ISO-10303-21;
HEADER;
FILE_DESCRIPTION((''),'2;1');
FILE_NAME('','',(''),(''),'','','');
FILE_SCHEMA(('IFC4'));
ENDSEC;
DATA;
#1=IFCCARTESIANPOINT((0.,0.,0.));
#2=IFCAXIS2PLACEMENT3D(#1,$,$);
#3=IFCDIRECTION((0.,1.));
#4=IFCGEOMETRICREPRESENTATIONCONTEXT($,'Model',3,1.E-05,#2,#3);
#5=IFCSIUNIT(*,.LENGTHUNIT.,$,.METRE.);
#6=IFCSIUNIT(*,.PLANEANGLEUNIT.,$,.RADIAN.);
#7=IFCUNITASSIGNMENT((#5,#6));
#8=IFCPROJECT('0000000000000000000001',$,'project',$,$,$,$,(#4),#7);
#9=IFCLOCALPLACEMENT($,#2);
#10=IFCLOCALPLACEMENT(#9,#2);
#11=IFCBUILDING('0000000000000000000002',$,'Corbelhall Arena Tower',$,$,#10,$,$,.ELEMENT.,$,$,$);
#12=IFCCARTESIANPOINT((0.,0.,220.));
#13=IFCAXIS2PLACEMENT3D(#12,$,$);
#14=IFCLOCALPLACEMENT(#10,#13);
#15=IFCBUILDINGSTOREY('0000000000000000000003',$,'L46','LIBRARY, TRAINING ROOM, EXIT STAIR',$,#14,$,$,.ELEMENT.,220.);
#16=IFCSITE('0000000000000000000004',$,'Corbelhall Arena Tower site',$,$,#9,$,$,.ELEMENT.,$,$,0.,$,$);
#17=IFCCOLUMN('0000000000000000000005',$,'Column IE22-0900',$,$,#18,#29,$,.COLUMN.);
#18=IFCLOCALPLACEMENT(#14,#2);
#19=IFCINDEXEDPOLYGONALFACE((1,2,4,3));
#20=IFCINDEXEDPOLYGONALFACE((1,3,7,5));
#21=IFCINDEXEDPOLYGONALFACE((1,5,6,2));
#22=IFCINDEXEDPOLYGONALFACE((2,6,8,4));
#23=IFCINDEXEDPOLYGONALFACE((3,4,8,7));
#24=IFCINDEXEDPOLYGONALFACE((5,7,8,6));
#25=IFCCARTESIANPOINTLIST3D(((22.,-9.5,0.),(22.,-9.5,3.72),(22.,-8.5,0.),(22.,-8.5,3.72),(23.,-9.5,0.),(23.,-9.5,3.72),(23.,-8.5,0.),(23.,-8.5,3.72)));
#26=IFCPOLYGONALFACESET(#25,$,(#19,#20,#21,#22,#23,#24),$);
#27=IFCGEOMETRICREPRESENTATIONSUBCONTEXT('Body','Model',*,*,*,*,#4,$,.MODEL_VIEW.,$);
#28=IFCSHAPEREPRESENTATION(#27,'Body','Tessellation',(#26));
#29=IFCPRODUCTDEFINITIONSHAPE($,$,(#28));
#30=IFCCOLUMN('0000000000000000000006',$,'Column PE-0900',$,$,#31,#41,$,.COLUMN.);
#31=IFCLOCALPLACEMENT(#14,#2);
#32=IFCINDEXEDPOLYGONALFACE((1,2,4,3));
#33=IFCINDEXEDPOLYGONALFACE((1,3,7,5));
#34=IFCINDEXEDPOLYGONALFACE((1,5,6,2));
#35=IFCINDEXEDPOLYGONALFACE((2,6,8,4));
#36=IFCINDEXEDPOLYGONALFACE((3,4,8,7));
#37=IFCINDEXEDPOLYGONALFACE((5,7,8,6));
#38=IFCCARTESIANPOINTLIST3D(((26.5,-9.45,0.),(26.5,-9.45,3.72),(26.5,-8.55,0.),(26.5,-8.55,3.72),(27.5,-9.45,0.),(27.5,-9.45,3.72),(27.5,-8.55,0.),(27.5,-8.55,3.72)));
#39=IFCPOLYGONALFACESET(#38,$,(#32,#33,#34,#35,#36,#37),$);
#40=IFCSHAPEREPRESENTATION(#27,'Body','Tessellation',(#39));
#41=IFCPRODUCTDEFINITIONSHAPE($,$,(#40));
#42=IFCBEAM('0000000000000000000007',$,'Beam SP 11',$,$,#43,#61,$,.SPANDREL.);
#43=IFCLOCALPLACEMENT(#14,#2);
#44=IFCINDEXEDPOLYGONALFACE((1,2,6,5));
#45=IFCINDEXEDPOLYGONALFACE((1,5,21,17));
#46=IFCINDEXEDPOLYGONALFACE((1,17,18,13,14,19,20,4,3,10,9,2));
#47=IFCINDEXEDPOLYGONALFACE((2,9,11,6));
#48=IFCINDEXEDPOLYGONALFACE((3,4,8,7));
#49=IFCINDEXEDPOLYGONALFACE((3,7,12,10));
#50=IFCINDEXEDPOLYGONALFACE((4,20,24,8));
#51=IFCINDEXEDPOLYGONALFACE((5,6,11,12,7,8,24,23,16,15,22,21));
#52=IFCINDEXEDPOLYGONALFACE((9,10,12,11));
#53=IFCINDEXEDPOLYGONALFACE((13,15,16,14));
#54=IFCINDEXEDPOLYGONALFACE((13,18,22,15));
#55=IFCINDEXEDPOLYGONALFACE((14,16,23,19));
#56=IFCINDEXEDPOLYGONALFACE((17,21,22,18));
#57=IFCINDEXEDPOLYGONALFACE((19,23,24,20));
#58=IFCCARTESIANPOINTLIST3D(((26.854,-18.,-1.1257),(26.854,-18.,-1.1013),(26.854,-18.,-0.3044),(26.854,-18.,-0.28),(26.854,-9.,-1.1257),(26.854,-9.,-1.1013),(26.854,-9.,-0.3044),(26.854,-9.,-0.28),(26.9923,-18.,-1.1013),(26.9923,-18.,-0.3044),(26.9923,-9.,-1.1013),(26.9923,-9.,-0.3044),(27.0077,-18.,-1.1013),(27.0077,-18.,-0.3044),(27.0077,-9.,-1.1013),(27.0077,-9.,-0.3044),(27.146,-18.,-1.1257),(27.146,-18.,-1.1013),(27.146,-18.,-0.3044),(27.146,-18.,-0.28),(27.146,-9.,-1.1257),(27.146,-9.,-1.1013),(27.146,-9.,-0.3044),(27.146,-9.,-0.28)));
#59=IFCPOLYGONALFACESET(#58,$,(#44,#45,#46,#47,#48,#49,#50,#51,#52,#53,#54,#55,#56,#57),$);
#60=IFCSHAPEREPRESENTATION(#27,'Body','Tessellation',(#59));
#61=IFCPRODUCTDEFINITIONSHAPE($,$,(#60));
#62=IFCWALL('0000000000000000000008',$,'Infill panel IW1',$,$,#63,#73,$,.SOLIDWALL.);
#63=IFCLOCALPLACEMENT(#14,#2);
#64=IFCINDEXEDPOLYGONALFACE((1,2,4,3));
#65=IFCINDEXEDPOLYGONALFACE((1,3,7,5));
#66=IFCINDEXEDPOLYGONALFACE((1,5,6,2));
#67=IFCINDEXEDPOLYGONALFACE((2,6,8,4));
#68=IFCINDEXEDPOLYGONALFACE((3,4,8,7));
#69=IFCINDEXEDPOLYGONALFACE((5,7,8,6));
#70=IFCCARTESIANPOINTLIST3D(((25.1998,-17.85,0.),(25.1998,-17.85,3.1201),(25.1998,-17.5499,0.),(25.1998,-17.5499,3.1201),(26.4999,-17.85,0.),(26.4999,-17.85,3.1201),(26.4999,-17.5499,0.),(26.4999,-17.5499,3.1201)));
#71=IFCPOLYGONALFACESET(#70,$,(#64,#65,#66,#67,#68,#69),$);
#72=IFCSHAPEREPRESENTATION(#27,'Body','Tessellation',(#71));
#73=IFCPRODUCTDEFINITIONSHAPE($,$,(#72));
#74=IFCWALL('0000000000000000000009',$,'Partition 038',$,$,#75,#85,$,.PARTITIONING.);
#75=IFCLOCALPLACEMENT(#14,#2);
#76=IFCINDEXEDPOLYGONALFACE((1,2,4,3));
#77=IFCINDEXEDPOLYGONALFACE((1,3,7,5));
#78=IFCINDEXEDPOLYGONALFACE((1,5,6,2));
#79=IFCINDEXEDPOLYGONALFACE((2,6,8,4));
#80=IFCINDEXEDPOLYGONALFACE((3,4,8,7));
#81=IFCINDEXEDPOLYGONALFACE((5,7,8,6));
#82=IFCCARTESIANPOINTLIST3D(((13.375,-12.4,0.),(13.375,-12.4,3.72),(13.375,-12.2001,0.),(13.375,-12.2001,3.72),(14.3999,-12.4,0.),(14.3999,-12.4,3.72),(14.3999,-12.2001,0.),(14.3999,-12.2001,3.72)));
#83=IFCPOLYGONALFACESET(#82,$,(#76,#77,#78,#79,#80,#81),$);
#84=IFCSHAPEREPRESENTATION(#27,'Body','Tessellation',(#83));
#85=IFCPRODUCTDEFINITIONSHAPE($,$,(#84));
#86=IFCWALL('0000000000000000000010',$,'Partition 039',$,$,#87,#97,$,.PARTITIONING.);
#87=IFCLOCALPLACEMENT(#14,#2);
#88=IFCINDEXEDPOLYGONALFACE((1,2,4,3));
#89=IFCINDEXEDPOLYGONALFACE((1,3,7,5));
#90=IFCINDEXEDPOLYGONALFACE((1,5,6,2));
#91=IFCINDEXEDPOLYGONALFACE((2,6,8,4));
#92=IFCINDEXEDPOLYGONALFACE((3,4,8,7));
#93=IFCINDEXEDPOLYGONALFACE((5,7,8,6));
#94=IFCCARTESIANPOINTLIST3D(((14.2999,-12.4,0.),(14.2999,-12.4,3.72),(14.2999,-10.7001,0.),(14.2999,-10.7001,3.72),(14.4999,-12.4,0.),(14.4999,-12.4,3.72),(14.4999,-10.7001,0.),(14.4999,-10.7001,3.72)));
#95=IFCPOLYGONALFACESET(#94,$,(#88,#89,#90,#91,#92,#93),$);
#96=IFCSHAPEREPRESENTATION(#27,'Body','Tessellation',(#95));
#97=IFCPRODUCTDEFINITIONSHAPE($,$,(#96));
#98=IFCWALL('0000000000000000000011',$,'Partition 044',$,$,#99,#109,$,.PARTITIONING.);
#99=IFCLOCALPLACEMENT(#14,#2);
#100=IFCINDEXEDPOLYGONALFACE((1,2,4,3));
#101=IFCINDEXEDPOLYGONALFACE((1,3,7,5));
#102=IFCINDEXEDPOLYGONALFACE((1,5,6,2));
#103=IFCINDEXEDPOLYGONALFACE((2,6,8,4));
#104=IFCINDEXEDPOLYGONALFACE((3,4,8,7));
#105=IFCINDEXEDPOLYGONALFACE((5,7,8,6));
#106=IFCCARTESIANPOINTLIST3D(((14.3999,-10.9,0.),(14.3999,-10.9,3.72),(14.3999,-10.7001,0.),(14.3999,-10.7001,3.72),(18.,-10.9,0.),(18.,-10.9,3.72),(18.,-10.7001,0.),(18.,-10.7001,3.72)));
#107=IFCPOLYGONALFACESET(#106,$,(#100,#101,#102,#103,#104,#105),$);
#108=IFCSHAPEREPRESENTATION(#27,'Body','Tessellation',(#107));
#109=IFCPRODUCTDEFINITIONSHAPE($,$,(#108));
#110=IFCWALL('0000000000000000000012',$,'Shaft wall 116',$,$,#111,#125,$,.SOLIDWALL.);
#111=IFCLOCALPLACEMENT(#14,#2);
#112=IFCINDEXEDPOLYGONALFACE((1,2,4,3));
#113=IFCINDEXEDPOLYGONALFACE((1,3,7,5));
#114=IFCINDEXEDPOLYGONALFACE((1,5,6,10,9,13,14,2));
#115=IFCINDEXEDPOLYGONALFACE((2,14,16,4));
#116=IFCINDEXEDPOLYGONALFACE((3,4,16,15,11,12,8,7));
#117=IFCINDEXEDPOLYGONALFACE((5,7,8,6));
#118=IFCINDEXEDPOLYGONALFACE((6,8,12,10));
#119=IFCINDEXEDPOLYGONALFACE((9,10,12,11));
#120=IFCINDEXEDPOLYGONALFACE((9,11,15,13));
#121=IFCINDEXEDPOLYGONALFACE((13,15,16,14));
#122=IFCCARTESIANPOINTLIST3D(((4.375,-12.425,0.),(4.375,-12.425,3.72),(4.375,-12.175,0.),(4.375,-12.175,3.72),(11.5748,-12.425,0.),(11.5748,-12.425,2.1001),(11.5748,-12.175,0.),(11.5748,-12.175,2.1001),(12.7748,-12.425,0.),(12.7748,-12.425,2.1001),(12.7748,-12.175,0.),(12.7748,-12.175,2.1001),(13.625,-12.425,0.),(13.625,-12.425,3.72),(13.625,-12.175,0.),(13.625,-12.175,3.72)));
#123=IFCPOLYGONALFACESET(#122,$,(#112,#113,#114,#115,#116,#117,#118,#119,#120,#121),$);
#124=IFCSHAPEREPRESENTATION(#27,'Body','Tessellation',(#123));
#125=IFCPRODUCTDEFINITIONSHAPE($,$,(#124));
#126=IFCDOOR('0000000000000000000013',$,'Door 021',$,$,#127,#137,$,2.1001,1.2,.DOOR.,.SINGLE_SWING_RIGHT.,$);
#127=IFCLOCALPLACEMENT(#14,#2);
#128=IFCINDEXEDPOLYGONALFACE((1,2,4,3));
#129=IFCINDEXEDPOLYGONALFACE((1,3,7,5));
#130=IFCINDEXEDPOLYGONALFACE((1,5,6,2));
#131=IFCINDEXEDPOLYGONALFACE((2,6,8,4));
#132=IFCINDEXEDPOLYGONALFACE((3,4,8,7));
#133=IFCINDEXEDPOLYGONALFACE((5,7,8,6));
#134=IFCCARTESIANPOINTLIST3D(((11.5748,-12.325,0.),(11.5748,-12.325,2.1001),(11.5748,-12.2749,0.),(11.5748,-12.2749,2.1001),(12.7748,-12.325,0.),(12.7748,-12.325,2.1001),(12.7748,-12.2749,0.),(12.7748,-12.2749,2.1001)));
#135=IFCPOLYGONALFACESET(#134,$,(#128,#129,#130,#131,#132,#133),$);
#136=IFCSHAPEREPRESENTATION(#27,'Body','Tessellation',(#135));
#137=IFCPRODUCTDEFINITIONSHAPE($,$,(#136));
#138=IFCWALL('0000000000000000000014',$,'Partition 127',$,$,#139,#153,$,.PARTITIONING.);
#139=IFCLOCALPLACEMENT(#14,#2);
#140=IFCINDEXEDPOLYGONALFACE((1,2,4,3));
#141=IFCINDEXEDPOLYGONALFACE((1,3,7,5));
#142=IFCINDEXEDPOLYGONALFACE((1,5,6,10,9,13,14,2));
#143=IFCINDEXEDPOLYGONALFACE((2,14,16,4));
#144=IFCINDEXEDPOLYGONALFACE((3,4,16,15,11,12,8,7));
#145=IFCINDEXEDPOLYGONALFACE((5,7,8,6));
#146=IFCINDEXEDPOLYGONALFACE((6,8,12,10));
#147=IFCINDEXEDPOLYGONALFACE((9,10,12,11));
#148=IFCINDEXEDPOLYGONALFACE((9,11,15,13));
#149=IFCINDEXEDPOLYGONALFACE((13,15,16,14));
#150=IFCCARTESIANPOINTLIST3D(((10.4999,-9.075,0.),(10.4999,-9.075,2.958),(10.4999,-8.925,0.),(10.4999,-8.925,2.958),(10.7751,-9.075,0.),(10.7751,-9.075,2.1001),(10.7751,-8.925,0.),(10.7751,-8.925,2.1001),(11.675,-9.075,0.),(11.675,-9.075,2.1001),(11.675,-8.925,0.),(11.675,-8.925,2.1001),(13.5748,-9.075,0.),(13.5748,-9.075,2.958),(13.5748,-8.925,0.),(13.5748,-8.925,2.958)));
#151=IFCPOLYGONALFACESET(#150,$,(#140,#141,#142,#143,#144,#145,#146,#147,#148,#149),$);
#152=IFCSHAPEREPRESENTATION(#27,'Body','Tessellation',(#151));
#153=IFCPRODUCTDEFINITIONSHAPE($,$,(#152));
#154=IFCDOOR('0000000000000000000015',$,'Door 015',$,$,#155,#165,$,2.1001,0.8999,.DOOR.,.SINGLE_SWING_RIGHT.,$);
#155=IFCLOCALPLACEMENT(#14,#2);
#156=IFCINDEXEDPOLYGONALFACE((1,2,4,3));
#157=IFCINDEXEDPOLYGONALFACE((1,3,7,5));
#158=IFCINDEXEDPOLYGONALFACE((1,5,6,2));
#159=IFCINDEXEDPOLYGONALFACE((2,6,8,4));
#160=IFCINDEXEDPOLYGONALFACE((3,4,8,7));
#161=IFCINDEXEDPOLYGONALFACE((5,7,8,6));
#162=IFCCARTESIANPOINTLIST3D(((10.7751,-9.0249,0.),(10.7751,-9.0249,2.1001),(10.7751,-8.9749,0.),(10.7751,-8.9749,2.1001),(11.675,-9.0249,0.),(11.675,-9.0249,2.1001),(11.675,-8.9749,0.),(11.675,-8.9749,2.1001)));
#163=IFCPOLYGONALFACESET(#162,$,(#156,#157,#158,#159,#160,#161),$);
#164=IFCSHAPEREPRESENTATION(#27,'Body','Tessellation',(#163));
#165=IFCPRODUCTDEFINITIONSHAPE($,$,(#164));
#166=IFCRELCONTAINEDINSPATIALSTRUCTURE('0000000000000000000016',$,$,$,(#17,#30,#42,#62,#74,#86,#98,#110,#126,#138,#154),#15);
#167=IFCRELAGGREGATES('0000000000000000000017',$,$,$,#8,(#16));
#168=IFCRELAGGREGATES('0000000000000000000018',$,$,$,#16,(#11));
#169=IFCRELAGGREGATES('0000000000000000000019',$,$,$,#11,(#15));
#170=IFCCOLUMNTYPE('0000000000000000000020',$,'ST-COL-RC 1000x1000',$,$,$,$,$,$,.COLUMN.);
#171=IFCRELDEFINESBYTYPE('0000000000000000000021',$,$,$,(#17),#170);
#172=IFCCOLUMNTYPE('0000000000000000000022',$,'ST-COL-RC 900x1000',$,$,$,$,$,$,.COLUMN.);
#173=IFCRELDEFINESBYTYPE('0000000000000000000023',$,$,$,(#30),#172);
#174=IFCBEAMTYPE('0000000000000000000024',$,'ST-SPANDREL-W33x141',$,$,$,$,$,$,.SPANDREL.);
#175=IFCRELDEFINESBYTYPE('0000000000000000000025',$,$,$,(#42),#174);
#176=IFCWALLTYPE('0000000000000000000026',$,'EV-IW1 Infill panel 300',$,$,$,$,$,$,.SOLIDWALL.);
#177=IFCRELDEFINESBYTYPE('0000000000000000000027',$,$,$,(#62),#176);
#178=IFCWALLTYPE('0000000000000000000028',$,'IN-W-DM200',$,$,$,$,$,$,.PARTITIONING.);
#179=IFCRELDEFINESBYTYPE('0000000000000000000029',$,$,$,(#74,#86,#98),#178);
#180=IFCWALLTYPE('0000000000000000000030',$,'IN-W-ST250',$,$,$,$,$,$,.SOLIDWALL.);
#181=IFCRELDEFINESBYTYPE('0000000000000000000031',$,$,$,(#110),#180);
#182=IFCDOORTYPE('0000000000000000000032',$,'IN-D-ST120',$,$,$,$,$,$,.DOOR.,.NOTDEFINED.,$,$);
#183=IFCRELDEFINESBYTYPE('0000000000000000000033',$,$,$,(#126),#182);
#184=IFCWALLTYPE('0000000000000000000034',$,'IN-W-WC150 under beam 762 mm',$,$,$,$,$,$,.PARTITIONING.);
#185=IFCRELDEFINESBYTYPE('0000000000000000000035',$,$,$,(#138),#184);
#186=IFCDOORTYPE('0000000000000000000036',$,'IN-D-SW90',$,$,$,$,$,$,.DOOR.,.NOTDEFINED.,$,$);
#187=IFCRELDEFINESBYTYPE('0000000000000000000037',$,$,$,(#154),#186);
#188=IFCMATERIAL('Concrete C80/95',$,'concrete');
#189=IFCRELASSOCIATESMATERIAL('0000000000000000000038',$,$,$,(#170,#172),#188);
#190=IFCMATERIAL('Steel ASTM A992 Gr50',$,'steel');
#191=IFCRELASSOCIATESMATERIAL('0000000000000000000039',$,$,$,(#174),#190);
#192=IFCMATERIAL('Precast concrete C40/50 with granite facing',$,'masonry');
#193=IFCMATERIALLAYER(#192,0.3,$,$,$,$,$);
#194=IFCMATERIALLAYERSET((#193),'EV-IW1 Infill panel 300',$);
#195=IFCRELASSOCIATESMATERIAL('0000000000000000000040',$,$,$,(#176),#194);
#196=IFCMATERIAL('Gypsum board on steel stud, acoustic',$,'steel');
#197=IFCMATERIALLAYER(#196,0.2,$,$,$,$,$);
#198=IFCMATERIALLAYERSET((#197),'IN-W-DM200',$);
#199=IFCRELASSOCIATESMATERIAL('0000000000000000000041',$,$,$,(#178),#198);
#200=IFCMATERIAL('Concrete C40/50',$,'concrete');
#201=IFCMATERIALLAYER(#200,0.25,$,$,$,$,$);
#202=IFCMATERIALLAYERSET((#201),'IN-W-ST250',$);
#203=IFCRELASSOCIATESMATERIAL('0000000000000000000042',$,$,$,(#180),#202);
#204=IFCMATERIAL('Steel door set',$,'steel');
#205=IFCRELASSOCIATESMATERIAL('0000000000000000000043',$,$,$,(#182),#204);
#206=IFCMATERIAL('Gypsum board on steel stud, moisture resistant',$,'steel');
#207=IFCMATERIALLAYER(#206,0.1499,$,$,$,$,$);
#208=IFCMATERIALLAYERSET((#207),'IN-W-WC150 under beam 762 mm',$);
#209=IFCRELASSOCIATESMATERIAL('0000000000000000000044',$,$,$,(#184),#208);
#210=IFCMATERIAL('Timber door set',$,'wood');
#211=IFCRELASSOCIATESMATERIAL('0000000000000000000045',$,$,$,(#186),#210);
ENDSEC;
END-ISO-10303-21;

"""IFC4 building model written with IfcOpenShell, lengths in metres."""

from ifc_helpers import new_model, si_unit, direction, frame, frame_2d, origin, origin_2d, place, context, subcontext, project, spatial, rectangle, i_section, extrude, material, layer, layer_set, material_profile, profile_set, type_object, element, fill, save


model = new_model("IFC4")

# Units and contexts
model_context = context("Model", 3, precision=1e-05, world=origin(), true_north=direction((0.0, 1.0)))
body_context = subcontext(model_context, "Body", "Model", "MODEL_VIEW")
ifc_project = project(units=[si_unit("LENGTHUNIT", "METRE"), si_unit("PLANEANGLEUNIT", "RADIAN")], contexts=[model_context])

# Site, building, storey
site_placement = place(None, origin())
site = spatial("IfcSite", under=ifc_project, at=site_placement, Name="Corbelhall Arena Tower site", CompositionType="ELEMENT", RefElevation=0.0)
building_placement = place(site_placement, origin())
building = spatial("IfcBuilding", under=site, at=building_placement, Name="Corbelhall Arena Tower", CompositionType="ELEMENT")
storey_placement = place(building_placement, frame((0.0, 0.0, 220.0)))
storey = spatial("IfcBuildingStorey", under=building, at=storey_placement, Name="L46", Description="LIBRARY, TRAINING ROOM, EXIT STAIR", CompositionType="ELEMENT", Elevation=220.0)

# Columns
ifc_material_1 = material(Name="Concrete C80/95", Category="concrete")
ifc_material_profile_1 = material_profile(ifc_material_1, rectangle(XDim=1.0, YDim=1.0, at=origin_2d()))
ifc_profile_set_1 = profile_set([ifc_material_profile_1], Name="Concrete C80/95")
column_type_1 = type_object("IfcColumnType", Name="ST-COL-RC 1000x1000", PredefinedType="COLUMN", material=ifc_profile_set_1)
column_1_placement = place(storey_placement, frame((22.5, -9.0, 0.0), z_axis=(0.0, 0.0, 1.0), x_axis=(1.0, 0.0, 0.0)))
element("IfcColumn", 1, at=column_1_placement, inside=storey, type_object=column_type_1, Name="Column IE22-0900", PredefinedType="COLUMN", context=body_context, shape_type="SweptSolid", body=[
    extrude(rectangle(XDim=1.0, YDim=1.0, at=origin_2d()), origin(), (0.0, 0.0, 1.0), 3.72),
])
ifc_material_profile_2 = material_profile(ifc_material_1, rectangle(XDim=0.8999, YDim=1.0, at=origin_2d()))
ifc_profile_set_2 = profile_set([ifc_material_profile_2], Name="Concrete C80/95")
column_type_2 = type_object("IfcColumnType", Name="ST-COL-RC 900x1000", PredefinedType="COLUMN", material=ifc_profile_set_2)
column_2_placement = place(storey_placement, frame((27.0, -9.0, 0.0), z_axis=(0.0, 0.0, 1.0), x_axis=(0.0, 1.0, 0.0)))
element("IfcColumn", 2, at=column_2_placement, inside=storey, type_object=column_type_2, Name="Column PE-0900", PredefinedType="COLUMN", context=body_context, shape_type="SweptSolid", body=[
    extrude(rectangle(XDim=0.8999, YDim=1.0, at=origin_2d()), origin(), (0.0, 0.0, 1.0), 3.72),
])

# Beam
ifc_material_2 = material(Name="Steel ASTM A992 Gr50", Category="steel")
ifc_material_profile_3 = material_profile(ifc_material_2, i_section(OverallWidth=0.292, OverallDepth=0.8457, WebThickness=0.0154, FlangeThickness=0.0244, at=origin_2d()))
ifc_profile_set_3 = profile_set([ifc_material_profile_3], Name="Steel ASTM A992 Gr50")
beam_type = type_object("IfcBeamType", Name="ST-SPANDREL-W33x141", PredefinedType="SPANDREL", material=ifc_profile_set_3)
beam_placement = place(storey_placement, frame((27.0, -9.0, -0.7029), z_axis=(0.0, -1.0, 0.0), x_axis=(1.0, 0.0, 0.0)))
element("IfcBeam", 3, at=beam_placement, inside=storey, type_object=beam_type, Name="Beam SP 11", PredefinedType="SPANDREL", context=body_context, shape_type="SweptSolid", body=[
    extrude(i_section(OverallWidth=0.292, OverallDepth=0.8457, WebThickness=0.0154, FlangeThickness=0.0244, at=origin_2d()), origin(), (0.0, 0.0, 1.0), 9.0),
])

# Wall
ifc_material_3 = material(Name="Precast concrete C40/50 with granite facing", Category="masonry")
ifc_layer_1 = layer(ifc_material_3, 0.3)
ifc_layer_set_1 = layer_set([ifc_layer_1], Name="EV-IW1 Infill panel 300")
wall_type_1 = type_object("IfcWallType", Name="EV-IW1 Infill panel 300", PredefinedType="SOLIDWALL", material=ifc_layer_set_1)
wall_1_placement = place(storey_placement, frame((25.2, -17.7, 0.0), z_axis=(0.0, 0.0, 1.0), x_axis=(1.0, 0.0, 0.0)))
element("IfcWall", 4, at=wall_1_placement, inside=storey, type_object=wall_type_1, Name="Infill panel IW1", PredefinedType="SOLIDWALL", context=body_context, shape_type="SweptSolid", body=[
    extrude(rectangle(XDim=1.3, YDim=0.3, at=frame_2d((0.6499, 0.0))), origin(), (0.0, 0.0, 1.0), 3.1201),
])

# Walls
ifc_material_4 = material(Name="Gypsum board on steel stud, acoustic", Category="steel")
ifc_layer_2 = layer(ifc_material_4, 0.2)
ifc_layer_set_2 = layer_set([ifc_layer_2], Name="IN-W-DM200")
wall_type_2 = type_object("IfcWallType", Name="IN-W-DM200", PredefinedType="PARTITIONING", material=ifc_layer_set_2)
wall_2_placement = place(storey_placement, frame((14.3999, -12.3, 0.0), z_axis=(0.0, 0.0, 1.0), x_axis=(-1.0, 0.0, 0.0)))
element("IfcWall", 5, at=wall_2_placement, inside=storey, type_object=wall_type_2, Name="Partition 038", PredefinedType="PARTITIONING", context=body_context, shape_type="SweptSolid", body=[
    extrude(rectangle(XDim=1.0249, YDim=0.2, at=frame_2d((0.5125, 0.0))), origin(), (0.0, 0.0, 1.0), 3.72),
])
wall_3_placement = place(storey_placement, frame((14.3999, -10.7, 0.0), z_axis=(0.0, 0.0, 1.0), x_axis=(0.0, -1.0, 0.0)))
element("IfcWall", 6, at=wall_3_placement, inside=storey, type_object=wall_type_2, Name="Partition 039", PredefinedType="PARTITIONING", context=body_context, shape_type="SweptSolid", body=[
    extrude(rectangle(XDim=1.7, YDim=0.2, at=frame_2d((0.8501, 0.0))), origin(), (0.0, 0.0, 1.0), 3.72),
])
wall_4_placement = place(storey_placement, frame((18.0, -10.8, 0.0), z_axis=(0.0, 0.0, 1.0), x_axis=(-1.0, 0.0, 0.0)))
element("IfcWall", 7, at=wall_4_placement, inside=storey, type_object=wall_type_2, Name="Partition 044", PredefinedType="PARTITIONING", context=body_context, shape_type="SweptSolid", body=[
    extrude(rectangle(XDim=3.6001, YDim=0.2, at=frame_2d((1.8, 0.0))), origin(), (0.0, 0.0, 1.0), 3.72),
])

# Shared definitions
ifc_material_5 = material(Name="Steel door set", Category="steel")

# Walls, openings, doors
ifc_material_6 = material(Name="Concrete C40/50", Category="concrete")
ifc_layer_3 = layer(ifc_material_6, 0.25)
ifc_layer_set_3 = layer_set([ifc_layer_3], Name="IN-W-ST250")
wall_type_3 = type_object("IfcWallType", Name="IN-W-ST250", PredefinedType="SOLIDWALL", material=ifc_layer_set_3)
wall_5_placement = place(storey_placement, frame((13.625, -12.3, 0.0), z_axis=(0.0, 0.0, 1.0), x_axis=(-1.0, 0.0, 0.0)))
wall_5 = element("IfcWall", 8, at=wall_5_placement, inside=storey, type_object=wall_type_3, Name="Shaft wall 116", PredefinedType="SOLIDWALL", context=body_context, shape_type="SweptSolid", body=[
    extrude(rectangle(XDim=9.25, YDim=0.25, at=frame_2d((4.625, 0.0))), origin(), (0.0, 0.0, 1.0), 3.72),
])
opening_1_placement = place(wall_5_placement, frame((0.8501, 0.0, 0.0)))
opening_1 = element("IfcOpeningElement", 9, at=opening_1_placement, cuts=wall_5, PredefinedType="OPENING", context=body_context, shape_type="SweptSolid", body=[
    extrude(rectangle(XDim=1.2, YDim=2.1001, at=frame_2d((0.6001, 1.05))), frame((0.0, 0.125, 0.0), z_axis=(0.0, -1.0, 0.0), x_axis=(1.0, 0.0, 0.0)), (0.0, 0.0, 1.0), 0.25),
])
door_type_1 = type_object("IfcDoorType", Name="IN-D-ST120", OperationType="NOTDEFINED", PredefinedType="DOOR", material=ifc_material_5)
door_1_placement = place(opening_1_placement, origin())
door_1 = element("IfcDoor", 10, at=door_1_placement, inside=storey, type_object=door_type_1, Name="Door 021", OperationType="SINGLE_SWING_RIGHT", OverallHeight=2.1001, OverallWidth=1.2, PredefinedType="DOOR", context=body_context, shape_type="SweptSolid", body=[
    extrude(rectangle(XDim=1.2, YDim=2.1001, at=frame_2d((0.6001, 1.05))), frame((0.0, 0.0249, 0.0), z_axis=(0.0, -1.0, 0.0), x_axis=(1.0, 0.0, 0.0)), (0.0, 0.0, 1.0), 0.05),
])
fill(opening_1, door_1)
ifc_material_7 = material(Name="Gypsum board on steel stud, moisture resistant", Category="steel")
ifc_layer_4 = layer(ifc_material_7, 0.1499)
ifc_layer_set_4 = layer_set([ifc_layer_4], Name="IN-W-WC150 under beam 762 mm")
wall_type_4 = type_object("IfcWallType", Name="IN-W-WC150 under beam 762 mm", PredefinedType="PARTITIONING", material=ifc_layer_set_4)
wall_6_placement = place(storey_placement, frame((13.575, -9.0, 0.0), z_axis=(0.0, 0.0, 1.0), x_axis=(-1.0, 0.0, 0.0)))
wall_6 = element("IfcWall", 11, at=wall_6_placement, inside=storey, type_object=wall_type_4, Name="Partition 127", PredefinedType="PARTITIONING", context=body_context, shape_type="SweptSolid", body=[
    extrude(rectangle(XDim=3.075, YDim=0.1499, at=frame_2d((1.5376, 0.0))), origin(), (0.0, 0.0, 1.0), 2.958),
])
opening_2_placement = place(wall_6_placement, frame((1.8999, 0.0, 0.0)))
opening_2 = element("IfcOpeningElement", 12, at=opening_2_placement, cuts=wall_6, PredefinedType="OPENING", context=body_context, shape_type="SweptSolid", body=[
    extrude(rectangle(XDim=0.8999, YDim=2.1001, at=frame_2d((0.45, 1.05))), frame((0.0, 0.075, 0.0), z_axis=(0.0, -1.0, 0.0), x_axis=(1.0, 0.0, 0.0)), (0.0, 0.0, 1.0), 0.1499),
])
ifc_material_8 = material(Name="Timber door set", Category="wood")
door_type_2 = type_object("IfcDoorType", Name="IN-D-SW90", OperationType="NOTDEFINED", PredefinedType="DOOR", material=ifc_material_8)
door_2_placement = place(opening_2_placement, origin())
door_2 = element("IfcDoor", 13, at=door_2_placement, inside=storey, type_object=door_type_2, Name="Door 015", OperationType="SINGLE_SWING_RIGHT", OverallHeight=2.1001, OverallWidth=0.8999, PredefinedType="DOOR", context=body_context, shape_type="SweptSolid", body=[
    extrude(rectangle(XDim=0.8999, YDim=2.1001, at=frame_2d((0.45, 1.05))), frame((0.0, 0.0249, 0.0), z_axis=(0.0, -1.0, 0.0), x_axis=(1.0, 0.0, 0.0)), (0.0, 0.0, 1.0), 0.05),
])
fill(opening_2, door_2)

save(model, "model.ifc")
